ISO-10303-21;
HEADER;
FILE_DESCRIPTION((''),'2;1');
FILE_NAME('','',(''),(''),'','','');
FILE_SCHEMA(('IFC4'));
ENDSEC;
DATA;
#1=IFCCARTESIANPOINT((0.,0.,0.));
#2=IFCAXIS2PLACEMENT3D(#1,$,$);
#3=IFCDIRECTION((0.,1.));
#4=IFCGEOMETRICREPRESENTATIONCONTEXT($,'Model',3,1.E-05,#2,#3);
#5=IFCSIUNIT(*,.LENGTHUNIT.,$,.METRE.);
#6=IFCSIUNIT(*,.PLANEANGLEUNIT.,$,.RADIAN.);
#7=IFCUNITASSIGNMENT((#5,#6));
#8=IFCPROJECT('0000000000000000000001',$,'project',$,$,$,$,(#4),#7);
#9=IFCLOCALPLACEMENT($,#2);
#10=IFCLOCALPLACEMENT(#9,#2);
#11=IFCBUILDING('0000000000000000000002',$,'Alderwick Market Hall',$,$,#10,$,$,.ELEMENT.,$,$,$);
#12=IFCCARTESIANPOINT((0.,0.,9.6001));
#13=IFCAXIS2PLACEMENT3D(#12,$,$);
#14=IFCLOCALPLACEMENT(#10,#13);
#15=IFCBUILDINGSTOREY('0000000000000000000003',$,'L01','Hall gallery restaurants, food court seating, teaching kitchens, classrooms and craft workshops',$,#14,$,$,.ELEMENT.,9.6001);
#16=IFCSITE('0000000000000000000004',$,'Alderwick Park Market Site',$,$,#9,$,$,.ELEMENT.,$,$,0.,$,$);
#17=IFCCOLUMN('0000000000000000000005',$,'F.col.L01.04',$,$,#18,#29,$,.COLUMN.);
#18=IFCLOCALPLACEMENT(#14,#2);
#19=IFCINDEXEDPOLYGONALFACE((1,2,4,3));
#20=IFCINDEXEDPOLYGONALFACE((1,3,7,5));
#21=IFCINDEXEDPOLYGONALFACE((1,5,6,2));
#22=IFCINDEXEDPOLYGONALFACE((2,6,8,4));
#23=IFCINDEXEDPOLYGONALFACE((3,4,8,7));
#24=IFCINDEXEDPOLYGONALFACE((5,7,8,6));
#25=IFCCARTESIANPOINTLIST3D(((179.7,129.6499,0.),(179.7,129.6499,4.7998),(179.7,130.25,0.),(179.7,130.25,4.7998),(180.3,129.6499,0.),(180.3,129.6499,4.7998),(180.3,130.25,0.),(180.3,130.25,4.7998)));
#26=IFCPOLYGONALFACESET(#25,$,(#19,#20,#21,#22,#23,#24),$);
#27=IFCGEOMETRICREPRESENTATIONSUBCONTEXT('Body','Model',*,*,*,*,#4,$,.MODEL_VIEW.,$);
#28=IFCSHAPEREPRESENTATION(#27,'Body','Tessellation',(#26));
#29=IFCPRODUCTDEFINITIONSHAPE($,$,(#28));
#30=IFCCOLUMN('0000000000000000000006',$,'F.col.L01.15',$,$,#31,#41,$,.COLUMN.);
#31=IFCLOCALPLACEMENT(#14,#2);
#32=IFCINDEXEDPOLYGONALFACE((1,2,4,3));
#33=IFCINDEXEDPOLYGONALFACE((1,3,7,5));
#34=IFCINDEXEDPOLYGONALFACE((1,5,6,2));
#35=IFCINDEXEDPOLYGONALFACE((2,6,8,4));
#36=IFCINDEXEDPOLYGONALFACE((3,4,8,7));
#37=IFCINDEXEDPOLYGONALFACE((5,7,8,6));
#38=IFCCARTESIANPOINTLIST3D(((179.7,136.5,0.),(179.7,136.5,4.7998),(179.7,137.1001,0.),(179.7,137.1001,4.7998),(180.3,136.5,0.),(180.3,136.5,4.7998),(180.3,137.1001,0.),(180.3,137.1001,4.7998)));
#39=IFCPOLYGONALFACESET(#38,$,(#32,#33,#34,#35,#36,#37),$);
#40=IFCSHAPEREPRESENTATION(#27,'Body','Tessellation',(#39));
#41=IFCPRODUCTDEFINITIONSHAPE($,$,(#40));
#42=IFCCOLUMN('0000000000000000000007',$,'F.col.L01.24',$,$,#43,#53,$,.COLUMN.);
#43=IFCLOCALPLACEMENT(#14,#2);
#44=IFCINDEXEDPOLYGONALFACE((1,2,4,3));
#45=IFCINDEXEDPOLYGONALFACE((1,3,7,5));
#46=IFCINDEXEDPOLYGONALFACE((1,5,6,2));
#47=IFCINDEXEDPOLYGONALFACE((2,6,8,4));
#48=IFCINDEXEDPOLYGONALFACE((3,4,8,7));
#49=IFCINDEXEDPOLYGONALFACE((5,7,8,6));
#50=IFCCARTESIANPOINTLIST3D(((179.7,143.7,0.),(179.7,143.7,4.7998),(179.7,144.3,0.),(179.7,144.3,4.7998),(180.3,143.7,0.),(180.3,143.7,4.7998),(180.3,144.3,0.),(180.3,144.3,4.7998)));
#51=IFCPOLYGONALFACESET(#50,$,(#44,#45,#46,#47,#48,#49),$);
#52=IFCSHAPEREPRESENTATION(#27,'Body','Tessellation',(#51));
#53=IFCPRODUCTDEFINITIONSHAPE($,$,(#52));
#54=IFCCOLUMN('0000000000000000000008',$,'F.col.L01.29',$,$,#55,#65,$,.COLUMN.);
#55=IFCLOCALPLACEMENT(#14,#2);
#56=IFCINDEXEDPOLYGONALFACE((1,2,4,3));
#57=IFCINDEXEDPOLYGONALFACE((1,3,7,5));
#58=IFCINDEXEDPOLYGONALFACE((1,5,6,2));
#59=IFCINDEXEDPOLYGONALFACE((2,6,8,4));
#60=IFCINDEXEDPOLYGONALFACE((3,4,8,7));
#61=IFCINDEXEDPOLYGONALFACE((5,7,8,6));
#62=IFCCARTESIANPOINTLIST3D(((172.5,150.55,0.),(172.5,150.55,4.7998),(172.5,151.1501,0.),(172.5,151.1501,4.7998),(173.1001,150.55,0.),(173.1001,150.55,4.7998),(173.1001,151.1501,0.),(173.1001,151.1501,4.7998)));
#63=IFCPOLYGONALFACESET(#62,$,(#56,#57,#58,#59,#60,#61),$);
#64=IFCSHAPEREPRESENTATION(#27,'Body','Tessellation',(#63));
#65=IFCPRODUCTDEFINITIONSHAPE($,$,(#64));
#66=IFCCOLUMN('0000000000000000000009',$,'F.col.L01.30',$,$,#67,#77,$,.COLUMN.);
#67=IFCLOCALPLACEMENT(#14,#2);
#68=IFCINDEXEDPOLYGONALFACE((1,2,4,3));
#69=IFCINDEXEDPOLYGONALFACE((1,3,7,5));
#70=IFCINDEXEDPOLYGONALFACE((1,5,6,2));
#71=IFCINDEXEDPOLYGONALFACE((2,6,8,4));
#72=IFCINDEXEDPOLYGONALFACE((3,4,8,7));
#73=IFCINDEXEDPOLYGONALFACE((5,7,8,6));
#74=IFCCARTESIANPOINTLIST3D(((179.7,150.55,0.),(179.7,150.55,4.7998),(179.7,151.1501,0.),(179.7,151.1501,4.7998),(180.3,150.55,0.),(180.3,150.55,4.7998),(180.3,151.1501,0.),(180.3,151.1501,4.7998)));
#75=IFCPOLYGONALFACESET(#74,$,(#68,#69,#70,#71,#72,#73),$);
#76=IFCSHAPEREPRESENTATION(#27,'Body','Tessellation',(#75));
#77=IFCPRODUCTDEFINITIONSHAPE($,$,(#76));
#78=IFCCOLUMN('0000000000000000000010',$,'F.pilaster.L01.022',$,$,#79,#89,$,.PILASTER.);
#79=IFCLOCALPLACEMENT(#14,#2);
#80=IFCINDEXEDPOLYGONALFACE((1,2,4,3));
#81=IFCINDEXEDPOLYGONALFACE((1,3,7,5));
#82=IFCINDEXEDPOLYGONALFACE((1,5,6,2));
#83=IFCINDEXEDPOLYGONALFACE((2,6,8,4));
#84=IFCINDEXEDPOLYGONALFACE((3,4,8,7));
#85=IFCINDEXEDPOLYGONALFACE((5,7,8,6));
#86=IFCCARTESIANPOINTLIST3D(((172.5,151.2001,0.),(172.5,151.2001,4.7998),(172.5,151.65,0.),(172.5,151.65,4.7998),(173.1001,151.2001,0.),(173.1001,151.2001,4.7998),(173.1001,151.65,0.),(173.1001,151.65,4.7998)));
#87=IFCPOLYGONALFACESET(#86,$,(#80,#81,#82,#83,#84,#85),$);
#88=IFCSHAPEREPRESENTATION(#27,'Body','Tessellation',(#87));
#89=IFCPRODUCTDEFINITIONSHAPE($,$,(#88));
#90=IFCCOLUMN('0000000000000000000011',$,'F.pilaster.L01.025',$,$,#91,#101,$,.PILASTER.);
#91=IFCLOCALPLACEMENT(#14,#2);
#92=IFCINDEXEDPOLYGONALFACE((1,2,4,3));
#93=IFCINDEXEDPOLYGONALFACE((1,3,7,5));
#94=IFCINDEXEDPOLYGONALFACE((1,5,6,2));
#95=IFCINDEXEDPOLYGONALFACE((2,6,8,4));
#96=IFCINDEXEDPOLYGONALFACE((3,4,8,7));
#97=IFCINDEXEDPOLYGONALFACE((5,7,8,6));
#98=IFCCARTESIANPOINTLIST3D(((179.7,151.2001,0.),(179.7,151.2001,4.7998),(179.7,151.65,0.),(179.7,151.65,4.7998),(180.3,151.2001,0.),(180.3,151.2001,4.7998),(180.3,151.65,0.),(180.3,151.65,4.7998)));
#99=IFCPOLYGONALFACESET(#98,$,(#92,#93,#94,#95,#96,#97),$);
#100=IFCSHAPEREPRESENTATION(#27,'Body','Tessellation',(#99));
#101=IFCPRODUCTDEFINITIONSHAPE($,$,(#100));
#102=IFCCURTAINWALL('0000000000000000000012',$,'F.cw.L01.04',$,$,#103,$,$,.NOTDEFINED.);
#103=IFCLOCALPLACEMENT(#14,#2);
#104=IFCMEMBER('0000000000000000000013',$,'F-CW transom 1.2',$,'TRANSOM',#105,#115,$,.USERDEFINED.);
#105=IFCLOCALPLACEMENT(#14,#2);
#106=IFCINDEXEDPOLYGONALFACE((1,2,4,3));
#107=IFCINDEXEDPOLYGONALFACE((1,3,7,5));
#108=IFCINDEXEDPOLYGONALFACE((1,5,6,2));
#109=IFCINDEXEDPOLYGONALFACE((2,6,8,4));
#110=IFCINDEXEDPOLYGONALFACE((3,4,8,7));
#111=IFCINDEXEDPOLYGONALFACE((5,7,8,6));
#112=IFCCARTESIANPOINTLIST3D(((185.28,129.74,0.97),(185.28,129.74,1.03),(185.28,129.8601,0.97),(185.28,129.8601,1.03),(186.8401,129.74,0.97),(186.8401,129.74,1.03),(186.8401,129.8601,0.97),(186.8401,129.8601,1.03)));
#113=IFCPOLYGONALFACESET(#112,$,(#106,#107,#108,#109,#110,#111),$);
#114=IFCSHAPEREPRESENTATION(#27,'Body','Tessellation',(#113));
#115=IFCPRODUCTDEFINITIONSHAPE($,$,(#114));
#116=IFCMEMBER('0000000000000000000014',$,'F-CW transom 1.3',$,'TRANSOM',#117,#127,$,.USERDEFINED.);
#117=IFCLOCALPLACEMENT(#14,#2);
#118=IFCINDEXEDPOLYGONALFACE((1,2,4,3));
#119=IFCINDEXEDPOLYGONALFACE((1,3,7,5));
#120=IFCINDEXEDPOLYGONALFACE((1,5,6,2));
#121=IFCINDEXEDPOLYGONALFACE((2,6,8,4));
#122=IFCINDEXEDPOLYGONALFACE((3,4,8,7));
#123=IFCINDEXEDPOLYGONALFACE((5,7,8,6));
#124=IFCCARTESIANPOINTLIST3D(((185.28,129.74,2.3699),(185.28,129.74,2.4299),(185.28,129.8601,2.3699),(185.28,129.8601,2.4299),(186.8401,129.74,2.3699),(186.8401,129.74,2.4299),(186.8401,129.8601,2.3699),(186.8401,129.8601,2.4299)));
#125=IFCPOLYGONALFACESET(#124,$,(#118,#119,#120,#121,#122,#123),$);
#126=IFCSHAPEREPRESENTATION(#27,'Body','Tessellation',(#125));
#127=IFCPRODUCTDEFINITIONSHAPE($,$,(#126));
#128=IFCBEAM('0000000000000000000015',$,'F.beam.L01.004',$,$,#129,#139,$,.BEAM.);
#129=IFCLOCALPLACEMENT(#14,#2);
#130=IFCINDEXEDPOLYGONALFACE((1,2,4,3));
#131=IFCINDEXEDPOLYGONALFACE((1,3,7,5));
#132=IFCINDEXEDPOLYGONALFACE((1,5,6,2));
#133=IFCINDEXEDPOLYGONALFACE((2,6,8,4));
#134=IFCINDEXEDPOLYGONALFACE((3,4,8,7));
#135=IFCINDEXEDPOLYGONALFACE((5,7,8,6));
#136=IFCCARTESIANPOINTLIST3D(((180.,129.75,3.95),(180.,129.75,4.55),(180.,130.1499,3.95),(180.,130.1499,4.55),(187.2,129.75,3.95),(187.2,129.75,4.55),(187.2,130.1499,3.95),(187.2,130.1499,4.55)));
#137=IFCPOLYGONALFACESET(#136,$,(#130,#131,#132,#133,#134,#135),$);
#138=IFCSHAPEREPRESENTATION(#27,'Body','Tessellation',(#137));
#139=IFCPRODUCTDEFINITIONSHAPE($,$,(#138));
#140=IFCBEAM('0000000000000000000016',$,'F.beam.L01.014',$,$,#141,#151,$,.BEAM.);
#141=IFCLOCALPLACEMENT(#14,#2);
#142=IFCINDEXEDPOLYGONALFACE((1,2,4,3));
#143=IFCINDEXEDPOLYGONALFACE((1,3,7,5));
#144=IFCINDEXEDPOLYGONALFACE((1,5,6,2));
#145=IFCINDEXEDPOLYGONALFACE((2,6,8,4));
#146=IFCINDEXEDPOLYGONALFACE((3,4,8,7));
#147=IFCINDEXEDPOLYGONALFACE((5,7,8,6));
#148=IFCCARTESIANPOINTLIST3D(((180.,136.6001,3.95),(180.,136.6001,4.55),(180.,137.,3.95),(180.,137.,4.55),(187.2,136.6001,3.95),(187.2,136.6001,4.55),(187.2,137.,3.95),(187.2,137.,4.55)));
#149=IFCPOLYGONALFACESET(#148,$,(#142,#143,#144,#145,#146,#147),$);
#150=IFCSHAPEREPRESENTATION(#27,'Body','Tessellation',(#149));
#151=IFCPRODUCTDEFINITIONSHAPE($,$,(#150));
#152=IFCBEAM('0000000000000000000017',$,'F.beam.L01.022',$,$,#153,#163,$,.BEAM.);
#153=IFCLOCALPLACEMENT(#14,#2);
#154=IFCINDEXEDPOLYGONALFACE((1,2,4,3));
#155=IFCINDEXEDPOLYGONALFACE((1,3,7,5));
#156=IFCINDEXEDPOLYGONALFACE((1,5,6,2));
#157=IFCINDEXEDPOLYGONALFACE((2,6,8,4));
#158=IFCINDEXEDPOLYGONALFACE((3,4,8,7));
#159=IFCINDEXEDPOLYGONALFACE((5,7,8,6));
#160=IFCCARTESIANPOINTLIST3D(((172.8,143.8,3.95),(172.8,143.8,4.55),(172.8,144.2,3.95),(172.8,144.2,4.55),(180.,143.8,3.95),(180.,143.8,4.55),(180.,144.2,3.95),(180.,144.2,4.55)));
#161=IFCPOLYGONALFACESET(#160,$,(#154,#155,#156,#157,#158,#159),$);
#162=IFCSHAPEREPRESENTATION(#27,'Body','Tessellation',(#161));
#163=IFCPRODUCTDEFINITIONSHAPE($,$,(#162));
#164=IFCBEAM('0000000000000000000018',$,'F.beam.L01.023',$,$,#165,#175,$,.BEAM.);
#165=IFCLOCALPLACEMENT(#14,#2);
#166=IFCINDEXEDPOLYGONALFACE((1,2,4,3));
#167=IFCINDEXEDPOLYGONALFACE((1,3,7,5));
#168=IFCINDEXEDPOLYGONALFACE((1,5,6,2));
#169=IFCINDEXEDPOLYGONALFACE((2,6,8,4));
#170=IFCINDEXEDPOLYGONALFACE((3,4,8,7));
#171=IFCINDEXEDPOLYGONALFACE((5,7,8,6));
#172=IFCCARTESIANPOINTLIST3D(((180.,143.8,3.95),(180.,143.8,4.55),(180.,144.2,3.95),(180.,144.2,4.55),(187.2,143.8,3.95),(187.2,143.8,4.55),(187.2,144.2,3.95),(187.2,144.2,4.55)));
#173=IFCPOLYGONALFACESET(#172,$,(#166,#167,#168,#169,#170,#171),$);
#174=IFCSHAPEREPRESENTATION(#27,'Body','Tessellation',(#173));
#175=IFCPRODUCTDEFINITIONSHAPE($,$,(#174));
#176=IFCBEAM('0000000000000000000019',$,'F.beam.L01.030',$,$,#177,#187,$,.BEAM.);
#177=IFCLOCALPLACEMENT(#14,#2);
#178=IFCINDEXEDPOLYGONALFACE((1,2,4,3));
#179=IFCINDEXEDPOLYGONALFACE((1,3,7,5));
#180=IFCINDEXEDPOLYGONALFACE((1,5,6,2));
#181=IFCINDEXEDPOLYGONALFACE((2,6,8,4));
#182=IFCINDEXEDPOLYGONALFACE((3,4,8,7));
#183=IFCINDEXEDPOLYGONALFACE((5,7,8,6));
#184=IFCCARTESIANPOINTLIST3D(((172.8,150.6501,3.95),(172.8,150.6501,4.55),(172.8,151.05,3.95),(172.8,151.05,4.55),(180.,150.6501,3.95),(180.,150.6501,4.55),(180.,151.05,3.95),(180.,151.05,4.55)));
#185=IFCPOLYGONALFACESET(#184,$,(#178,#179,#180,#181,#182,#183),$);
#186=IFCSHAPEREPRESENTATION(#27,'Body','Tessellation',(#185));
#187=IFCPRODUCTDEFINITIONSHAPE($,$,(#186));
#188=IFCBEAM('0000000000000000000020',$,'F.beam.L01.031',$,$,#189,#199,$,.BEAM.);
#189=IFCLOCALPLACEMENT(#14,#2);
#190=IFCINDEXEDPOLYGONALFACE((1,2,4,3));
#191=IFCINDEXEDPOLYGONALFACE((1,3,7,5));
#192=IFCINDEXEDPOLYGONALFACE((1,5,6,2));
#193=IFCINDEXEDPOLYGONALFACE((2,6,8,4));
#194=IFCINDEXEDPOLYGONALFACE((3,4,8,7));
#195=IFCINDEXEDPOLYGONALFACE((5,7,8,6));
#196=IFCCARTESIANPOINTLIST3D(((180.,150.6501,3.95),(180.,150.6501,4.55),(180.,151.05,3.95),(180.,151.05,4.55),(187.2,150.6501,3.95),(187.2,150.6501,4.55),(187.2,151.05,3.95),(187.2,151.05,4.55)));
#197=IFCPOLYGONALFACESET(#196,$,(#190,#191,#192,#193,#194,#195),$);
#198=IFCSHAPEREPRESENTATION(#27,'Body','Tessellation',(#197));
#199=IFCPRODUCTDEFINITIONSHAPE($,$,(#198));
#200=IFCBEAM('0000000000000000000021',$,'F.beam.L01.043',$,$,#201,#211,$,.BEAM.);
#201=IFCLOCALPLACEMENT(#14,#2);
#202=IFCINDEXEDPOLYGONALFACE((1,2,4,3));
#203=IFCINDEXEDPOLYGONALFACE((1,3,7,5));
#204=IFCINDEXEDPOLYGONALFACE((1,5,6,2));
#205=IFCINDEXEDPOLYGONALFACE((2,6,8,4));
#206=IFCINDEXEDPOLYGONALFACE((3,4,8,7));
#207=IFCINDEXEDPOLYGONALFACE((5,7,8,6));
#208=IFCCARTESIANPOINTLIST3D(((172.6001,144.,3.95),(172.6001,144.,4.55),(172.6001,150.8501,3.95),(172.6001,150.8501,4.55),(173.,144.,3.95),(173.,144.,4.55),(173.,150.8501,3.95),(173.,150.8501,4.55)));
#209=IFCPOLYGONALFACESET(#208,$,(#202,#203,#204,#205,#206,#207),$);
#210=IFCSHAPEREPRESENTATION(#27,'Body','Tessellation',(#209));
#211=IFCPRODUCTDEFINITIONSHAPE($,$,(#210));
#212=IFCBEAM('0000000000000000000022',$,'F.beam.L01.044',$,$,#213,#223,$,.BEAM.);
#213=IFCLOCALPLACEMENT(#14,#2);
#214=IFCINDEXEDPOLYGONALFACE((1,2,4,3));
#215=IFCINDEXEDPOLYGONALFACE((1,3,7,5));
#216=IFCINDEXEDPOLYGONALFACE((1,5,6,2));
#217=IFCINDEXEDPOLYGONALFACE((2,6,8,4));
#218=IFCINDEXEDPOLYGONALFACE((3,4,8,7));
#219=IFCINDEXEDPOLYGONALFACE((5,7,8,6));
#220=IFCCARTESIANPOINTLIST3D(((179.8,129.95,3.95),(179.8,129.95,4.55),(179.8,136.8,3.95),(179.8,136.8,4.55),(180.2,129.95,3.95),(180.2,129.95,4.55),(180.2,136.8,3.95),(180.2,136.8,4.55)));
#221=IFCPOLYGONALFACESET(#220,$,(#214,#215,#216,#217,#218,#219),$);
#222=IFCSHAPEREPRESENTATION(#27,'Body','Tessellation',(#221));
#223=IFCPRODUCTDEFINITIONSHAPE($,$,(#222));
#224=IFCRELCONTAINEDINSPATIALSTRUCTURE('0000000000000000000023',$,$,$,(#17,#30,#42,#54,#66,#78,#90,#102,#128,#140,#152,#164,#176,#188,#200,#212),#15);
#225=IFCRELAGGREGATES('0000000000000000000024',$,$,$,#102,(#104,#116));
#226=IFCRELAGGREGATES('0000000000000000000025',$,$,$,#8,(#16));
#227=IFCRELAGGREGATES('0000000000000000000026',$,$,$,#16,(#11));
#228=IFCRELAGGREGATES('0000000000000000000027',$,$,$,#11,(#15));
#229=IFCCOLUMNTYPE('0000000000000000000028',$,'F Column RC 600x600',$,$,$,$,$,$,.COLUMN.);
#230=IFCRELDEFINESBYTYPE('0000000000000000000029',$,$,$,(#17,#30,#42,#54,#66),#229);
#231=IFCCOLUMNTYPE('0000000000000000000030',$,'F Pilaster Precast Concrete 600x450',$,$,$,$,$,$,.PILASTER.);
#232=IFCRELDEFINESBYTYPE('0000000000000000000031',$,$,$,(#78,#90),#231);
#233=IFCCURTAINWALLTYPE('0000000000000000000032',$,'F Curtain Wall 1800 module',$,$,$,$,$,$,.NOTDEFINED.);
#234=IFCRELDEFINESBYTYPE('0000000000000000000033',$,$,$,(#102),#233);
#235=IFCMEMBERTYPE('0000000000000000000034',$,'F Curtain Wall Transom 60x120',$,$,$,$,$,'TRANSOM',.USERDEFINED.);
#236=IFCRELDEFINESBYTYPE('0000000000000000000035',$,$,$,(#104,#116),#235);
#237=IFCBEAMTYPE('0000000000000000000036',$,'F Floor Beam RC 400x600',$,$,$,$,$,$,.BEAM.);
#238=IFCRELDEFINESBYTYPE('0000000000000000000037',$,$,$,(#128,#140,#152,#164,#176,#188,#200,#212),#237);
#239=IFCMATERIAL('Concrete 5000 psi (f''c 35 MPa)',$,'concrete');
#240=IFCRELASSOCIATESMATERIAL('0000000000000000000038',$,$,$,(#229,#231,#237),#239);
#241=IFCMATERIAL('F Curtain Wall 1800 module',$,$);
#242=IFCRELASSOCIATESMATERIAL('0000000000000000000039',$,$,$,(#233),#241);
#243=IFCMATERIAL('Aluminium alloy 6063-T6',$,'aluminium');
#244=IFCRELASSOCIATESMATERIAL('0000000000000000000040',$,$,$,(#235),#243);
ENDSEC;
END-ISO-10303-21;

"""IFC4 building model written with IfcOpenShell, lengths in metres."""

from ifc_helpers import new_model, si_unit, direction, frame, origin, origin_2d, place, context, subcontext, project, spatial, rectangle, extrude, material, material_profile, profile_set, type_object, element, aggregate, save


model = new_model("IFC4")

# Units and contexts
model_context = context("Model", 3, precision=1e-05, world=origin(), true_north=direction((0.0, 1.0)))
body_context = subcontext(model_context, "Body", "Model", "MODEL_VIEW")
ifc_project = project(units=[si_unit("LENGTHUNIT", "METRE"), si_unit("PLANEANGLEUNIT", "RADIAN")], contexts=[model_context])

# Site, building, storey
site_placement = place(None, origin())
site = spatial("IfcSite", under=ifc_project, at=site_placement, Name="Alderwick Park Market Site", CompositionType="ELEMENT", RefElevation=0.0)
building_placement = place(site_placement, origin())
building = spatial("IfcBuilding", under=site, at=building_placement, Name="Alderwick Market Hall", CompositionType="ELEMENT")
storey_placement = place(building_placement, frame((0.0, 0.0, 9.6001)))
storey = spatial("IfcBuildingStorey", under=building, at=storey_placement, Name="L01", Description="Hall gallery restaurants, food court seating, teaching kitchens, classrooms and craft workshops", CompositionType="ELEMENT", Elevation=9.6001)

# Columns
ifc_material_1 = material(Name="Concrete 5000 psi (f'c 35 MPa)", Category="concrete")
ifc_material_profile_1 = material_profile(ifc_material_1, rectangle(XDim=0.6001, YDim=0.6001, at=origin_2d()), Name="RC 600x600")
ifc_profile_set_1 = profile_set([ifc_material_profile_1], Name="Concrete 5000 psi (f'c 35 MPa)")
column_type_1 = type_object("IfcColumnType", Name="F Column RC 600x600", PredefinedType="COLUMN", material=ifc_profile_set_1)
for number, where, z_axis, x_axis, name in (
    (1, (180.0, 129.95, 0.0), (0.0, 0.0, 1.0), (1.0, 0.0, 0.0), "F.col.L01.04"),
    (2, (180.0, 136.8, 0.0), (0.0, 0.0, 1.0), (1.0, 0.0, 0.0), "F.col.L01.15"),
    (3, (180.0, 144.0, 0.0), (0.0, 0.0, 1.0), (1.0, 0.0, 0.0), "F.col.L01.24"),
    (4, (172.8, 150.8501, 0.0), (0.0, 0.0, 1.0), (1.0, 0.0, 0.0), "F.col.L01.29"),
    (5, (180.0, 150.8501, 0.0), (0.0, 0.0, 1.0), (1.0, 0.0, 0.0), "F.col.L01.30"),
):
    element("IfcColumn", number, at=place(storey_placement, frame(where, z_axis=z_axis, x_axis=x_axis)), inside=storey, type_object=column_type_1, Name=name, PredefinedType="COLUMN", context=body_context, shape_type="SweptSolid", body=[
        extrude(rectangle(XDim=0.6001, YDim=0.6001, at=origin_2d()), origin(), (0.0, 0.0, 1.0), 4.7998),
    ])
ifc_material_profile_2 = material_profile(ifc_material_1, rectangle(XDim=0.6001, YDim=0.45, at=origin_2d()), Name="PC 600x450")
ifc_profile_set_2 = profile_set([ifc_material_profile_2], Name="Concrete 5000 psi (f'c 35 MPa)")
column_type_2 = type_object("IfcColumnType", Name="F Pilaster Precast Concrete 600x450", PredefinedType="PILASTER", material=ifc_profile_set_2)
for number, where, z_axis, x_axis, name in (
    (6, (172.8, 151.425, 0.0), (0.0, 0.0, 1.0), (1.0, 0.0, 0.0), "F.pilaster.L01.022"),
    (7, (180.0, 151.425, 0.0), (0.0, 0.0, 1.0), (1.0, 0.0, 0.0), "F.pilaster.L01.025"),
):
    element("IfcColumn", number, at=place(storey_placement, frame(where, z_axis=z_axis, x_axis=x_axis)), inside=storey, type_object=column_type_2, Name=name, PredefinedType="PILASTER", context=body_context, shape_type="SweptSolid", body=[
        extrude(rectangle(XDim=0.6001, YDim=0.45, at=origin_2d()), origin(), (0.0, 0.0, 1.0), 4.7998),
    ])

# Curtain wall, members
ifc_material_2 = material(Name="F Curtain Wall 1800 module")
curtain_wall_type = type_object("IfcCurtainWallType", Name="F Curtain Wall 1800 module", PredefinedType="NOTDEFINED", material=ifc_material_2)
curtain_wall_placement = place(storey_placement, origin())
curtain_wall = element("IfcCurtainWall", 8, at=curtain_wall_placement, inside=storey, type_object=curtain_wall_type, Name="F.cw.L01.04", PredefinedType="NOTDEFINED")
ifc_material_3 = material(Name="Aluminium alloy 6063-T6", Category="aluminium")
ifc_material_profile_3 = material_profile(ifc_material_3, rectangle(XDim=0.1201, YDim=0.0601, at=origin_2d()), Name="AL 60x120")
ifc_profile_set_3 = profile_set([ifc_material_profile_3], Name="Aluminium alloy 6063-T6")
member_type = type_object("IfcMemberType", Name="F Curtain Wall Transom 60x120", ElementType="TRANSOM", PredefinedType="USERDEFINED", material=ifc_profile_set_3)
member_1_placement = place(storey_placement, frame((186.8401, 129.8, 1.0), z_axis=(-1.0, 0.0, 0.0), x_axis=(0.0, -1.0, 0.0)))
member_1 = element("IfcMember", 9, at=member_1_placement, type_object=member_type, Name="F-CW transom 1.2", ObjectType="TRANSOM", PredefinedType="USERDEFINED", context=body_context, shape_type="SweptSolid", body=[
    extrude(rectangle(XDim=0.1201, YDim=0.0601, at=origin_2d()), origin(), (0.0, 0.0, 1.0), 1.5601),
])
member_2_placement = place(storey_placement, frame((186.8401, 129.8, 2.3999), z_axis=(-1.0, 0.0, 0.0), x_axis=(0.0, -1.0, 0.0)))
member_2 = element("IfcMember", 10, at=member_2_placement, type_object=member_type, Name="F-CW transom 1.3", ObjectType="TRANSOM", PredefinedType="USERDEFINED", context=body_context, shape_type="SweptSolid", body=[
    extrude(rectangle(XDim=0.1201, YDim=0.0601, at=origin_2d()), origin(), (0.0, 0.0, 1.0), 1.5601),
])
aggregate(curtain_wall, [member_1, member_2])

# Beams
ifc_material_profile_4 = material_profile(ifc_material_1, rectangle(XDim=0.3999, YDim=0.6001, at=origin_2d()), Name="RC 400x600")
ifc_profile_set_4 = profile_set([ifc_material_profile_4], Name="Concrete 5000 psi (f'c 35 MPa)")
beam_type = type_object("IfcBeamType", Name="F Floor Beam RC 400x600", PredefinedType="BEAM", material=ifc_profile_set_4)
for number, where, z_axis, x_axis, name in (
    (11, (180.0, 129.95, 4.25), (1.0, 0.0, 0.0), (0.0, 1.0, 0.0), "F.beam.L01.004"),
    (12, (180.0, 136.8, 4.25), (1.0, 0.0, 0.0), (0.0, 1.0, 0.0), "F.beam.L01.014"),
    (13, (172.8, 144.0, 4.25), (1.0, 0.0, 0.0), (0.0, 1.0, 0.0), "F.beam.L01.022"),
    (14, (180.0, 144.0, 4.25), (1.0, 0.0, 0.0), (0.0, 1.0, 0.0), "F.beam.L01.023"),
    (15, (172.8, 150.8501, 4.25), (1.0, 0.0, 0.0), (0.0, 1.0, 0.0), "F.beam.L01.030"),
    (16, (180.0, 150.8501, 4.25), (1.0, 0.0, 0.0), (0.0, 1.0, 0.0), "F.beam.L01.031"),
):
    element("IfcBeam", number, at=place(storey_placement, frame(where, z_axis=z_axis, x_axis=x_axis)), inside=storey, type_object=beam_type, Name=name, PredefinedType="BEAM", context=body_context, shape_type="SweptSolid", body=[
        extrude(rectangle(XDim=0.3999, YDim=0.6001, at=origin_2d()), origin(), (0.0, 0.0, 1.0), 7.2),
    ])
for number, where, z_axis, x_axis, name in (
    (17, (172.8, 144.0, 4.25), (0.0, 1.0, 0.0), (-1.0, 0.0, 0.0), "F.beam.L01.043"),
    (18, (180.0, 129.95, 4.25), (0.0, 1.0, 0.0), (-1.0, 0.0, 0.0), "F.beam.L01.044"),
):
    element("IfcBeam", number, at=place(storey_placement, frame(where, z_axis=z_axis, x_axis=x_axis)), inside=storey, type_object=beam_type, Name=name, PredefinedType="BEAM", context=body_context, shape_type="SweptSolid", body=[
        extrude(rectangle(XDim=0.3999, YDim=0.6001, at=origin_2d()), origin(), (0.0, 0.0, 1.0), 6.8501),
    ])

save(model, "model.ifc")
